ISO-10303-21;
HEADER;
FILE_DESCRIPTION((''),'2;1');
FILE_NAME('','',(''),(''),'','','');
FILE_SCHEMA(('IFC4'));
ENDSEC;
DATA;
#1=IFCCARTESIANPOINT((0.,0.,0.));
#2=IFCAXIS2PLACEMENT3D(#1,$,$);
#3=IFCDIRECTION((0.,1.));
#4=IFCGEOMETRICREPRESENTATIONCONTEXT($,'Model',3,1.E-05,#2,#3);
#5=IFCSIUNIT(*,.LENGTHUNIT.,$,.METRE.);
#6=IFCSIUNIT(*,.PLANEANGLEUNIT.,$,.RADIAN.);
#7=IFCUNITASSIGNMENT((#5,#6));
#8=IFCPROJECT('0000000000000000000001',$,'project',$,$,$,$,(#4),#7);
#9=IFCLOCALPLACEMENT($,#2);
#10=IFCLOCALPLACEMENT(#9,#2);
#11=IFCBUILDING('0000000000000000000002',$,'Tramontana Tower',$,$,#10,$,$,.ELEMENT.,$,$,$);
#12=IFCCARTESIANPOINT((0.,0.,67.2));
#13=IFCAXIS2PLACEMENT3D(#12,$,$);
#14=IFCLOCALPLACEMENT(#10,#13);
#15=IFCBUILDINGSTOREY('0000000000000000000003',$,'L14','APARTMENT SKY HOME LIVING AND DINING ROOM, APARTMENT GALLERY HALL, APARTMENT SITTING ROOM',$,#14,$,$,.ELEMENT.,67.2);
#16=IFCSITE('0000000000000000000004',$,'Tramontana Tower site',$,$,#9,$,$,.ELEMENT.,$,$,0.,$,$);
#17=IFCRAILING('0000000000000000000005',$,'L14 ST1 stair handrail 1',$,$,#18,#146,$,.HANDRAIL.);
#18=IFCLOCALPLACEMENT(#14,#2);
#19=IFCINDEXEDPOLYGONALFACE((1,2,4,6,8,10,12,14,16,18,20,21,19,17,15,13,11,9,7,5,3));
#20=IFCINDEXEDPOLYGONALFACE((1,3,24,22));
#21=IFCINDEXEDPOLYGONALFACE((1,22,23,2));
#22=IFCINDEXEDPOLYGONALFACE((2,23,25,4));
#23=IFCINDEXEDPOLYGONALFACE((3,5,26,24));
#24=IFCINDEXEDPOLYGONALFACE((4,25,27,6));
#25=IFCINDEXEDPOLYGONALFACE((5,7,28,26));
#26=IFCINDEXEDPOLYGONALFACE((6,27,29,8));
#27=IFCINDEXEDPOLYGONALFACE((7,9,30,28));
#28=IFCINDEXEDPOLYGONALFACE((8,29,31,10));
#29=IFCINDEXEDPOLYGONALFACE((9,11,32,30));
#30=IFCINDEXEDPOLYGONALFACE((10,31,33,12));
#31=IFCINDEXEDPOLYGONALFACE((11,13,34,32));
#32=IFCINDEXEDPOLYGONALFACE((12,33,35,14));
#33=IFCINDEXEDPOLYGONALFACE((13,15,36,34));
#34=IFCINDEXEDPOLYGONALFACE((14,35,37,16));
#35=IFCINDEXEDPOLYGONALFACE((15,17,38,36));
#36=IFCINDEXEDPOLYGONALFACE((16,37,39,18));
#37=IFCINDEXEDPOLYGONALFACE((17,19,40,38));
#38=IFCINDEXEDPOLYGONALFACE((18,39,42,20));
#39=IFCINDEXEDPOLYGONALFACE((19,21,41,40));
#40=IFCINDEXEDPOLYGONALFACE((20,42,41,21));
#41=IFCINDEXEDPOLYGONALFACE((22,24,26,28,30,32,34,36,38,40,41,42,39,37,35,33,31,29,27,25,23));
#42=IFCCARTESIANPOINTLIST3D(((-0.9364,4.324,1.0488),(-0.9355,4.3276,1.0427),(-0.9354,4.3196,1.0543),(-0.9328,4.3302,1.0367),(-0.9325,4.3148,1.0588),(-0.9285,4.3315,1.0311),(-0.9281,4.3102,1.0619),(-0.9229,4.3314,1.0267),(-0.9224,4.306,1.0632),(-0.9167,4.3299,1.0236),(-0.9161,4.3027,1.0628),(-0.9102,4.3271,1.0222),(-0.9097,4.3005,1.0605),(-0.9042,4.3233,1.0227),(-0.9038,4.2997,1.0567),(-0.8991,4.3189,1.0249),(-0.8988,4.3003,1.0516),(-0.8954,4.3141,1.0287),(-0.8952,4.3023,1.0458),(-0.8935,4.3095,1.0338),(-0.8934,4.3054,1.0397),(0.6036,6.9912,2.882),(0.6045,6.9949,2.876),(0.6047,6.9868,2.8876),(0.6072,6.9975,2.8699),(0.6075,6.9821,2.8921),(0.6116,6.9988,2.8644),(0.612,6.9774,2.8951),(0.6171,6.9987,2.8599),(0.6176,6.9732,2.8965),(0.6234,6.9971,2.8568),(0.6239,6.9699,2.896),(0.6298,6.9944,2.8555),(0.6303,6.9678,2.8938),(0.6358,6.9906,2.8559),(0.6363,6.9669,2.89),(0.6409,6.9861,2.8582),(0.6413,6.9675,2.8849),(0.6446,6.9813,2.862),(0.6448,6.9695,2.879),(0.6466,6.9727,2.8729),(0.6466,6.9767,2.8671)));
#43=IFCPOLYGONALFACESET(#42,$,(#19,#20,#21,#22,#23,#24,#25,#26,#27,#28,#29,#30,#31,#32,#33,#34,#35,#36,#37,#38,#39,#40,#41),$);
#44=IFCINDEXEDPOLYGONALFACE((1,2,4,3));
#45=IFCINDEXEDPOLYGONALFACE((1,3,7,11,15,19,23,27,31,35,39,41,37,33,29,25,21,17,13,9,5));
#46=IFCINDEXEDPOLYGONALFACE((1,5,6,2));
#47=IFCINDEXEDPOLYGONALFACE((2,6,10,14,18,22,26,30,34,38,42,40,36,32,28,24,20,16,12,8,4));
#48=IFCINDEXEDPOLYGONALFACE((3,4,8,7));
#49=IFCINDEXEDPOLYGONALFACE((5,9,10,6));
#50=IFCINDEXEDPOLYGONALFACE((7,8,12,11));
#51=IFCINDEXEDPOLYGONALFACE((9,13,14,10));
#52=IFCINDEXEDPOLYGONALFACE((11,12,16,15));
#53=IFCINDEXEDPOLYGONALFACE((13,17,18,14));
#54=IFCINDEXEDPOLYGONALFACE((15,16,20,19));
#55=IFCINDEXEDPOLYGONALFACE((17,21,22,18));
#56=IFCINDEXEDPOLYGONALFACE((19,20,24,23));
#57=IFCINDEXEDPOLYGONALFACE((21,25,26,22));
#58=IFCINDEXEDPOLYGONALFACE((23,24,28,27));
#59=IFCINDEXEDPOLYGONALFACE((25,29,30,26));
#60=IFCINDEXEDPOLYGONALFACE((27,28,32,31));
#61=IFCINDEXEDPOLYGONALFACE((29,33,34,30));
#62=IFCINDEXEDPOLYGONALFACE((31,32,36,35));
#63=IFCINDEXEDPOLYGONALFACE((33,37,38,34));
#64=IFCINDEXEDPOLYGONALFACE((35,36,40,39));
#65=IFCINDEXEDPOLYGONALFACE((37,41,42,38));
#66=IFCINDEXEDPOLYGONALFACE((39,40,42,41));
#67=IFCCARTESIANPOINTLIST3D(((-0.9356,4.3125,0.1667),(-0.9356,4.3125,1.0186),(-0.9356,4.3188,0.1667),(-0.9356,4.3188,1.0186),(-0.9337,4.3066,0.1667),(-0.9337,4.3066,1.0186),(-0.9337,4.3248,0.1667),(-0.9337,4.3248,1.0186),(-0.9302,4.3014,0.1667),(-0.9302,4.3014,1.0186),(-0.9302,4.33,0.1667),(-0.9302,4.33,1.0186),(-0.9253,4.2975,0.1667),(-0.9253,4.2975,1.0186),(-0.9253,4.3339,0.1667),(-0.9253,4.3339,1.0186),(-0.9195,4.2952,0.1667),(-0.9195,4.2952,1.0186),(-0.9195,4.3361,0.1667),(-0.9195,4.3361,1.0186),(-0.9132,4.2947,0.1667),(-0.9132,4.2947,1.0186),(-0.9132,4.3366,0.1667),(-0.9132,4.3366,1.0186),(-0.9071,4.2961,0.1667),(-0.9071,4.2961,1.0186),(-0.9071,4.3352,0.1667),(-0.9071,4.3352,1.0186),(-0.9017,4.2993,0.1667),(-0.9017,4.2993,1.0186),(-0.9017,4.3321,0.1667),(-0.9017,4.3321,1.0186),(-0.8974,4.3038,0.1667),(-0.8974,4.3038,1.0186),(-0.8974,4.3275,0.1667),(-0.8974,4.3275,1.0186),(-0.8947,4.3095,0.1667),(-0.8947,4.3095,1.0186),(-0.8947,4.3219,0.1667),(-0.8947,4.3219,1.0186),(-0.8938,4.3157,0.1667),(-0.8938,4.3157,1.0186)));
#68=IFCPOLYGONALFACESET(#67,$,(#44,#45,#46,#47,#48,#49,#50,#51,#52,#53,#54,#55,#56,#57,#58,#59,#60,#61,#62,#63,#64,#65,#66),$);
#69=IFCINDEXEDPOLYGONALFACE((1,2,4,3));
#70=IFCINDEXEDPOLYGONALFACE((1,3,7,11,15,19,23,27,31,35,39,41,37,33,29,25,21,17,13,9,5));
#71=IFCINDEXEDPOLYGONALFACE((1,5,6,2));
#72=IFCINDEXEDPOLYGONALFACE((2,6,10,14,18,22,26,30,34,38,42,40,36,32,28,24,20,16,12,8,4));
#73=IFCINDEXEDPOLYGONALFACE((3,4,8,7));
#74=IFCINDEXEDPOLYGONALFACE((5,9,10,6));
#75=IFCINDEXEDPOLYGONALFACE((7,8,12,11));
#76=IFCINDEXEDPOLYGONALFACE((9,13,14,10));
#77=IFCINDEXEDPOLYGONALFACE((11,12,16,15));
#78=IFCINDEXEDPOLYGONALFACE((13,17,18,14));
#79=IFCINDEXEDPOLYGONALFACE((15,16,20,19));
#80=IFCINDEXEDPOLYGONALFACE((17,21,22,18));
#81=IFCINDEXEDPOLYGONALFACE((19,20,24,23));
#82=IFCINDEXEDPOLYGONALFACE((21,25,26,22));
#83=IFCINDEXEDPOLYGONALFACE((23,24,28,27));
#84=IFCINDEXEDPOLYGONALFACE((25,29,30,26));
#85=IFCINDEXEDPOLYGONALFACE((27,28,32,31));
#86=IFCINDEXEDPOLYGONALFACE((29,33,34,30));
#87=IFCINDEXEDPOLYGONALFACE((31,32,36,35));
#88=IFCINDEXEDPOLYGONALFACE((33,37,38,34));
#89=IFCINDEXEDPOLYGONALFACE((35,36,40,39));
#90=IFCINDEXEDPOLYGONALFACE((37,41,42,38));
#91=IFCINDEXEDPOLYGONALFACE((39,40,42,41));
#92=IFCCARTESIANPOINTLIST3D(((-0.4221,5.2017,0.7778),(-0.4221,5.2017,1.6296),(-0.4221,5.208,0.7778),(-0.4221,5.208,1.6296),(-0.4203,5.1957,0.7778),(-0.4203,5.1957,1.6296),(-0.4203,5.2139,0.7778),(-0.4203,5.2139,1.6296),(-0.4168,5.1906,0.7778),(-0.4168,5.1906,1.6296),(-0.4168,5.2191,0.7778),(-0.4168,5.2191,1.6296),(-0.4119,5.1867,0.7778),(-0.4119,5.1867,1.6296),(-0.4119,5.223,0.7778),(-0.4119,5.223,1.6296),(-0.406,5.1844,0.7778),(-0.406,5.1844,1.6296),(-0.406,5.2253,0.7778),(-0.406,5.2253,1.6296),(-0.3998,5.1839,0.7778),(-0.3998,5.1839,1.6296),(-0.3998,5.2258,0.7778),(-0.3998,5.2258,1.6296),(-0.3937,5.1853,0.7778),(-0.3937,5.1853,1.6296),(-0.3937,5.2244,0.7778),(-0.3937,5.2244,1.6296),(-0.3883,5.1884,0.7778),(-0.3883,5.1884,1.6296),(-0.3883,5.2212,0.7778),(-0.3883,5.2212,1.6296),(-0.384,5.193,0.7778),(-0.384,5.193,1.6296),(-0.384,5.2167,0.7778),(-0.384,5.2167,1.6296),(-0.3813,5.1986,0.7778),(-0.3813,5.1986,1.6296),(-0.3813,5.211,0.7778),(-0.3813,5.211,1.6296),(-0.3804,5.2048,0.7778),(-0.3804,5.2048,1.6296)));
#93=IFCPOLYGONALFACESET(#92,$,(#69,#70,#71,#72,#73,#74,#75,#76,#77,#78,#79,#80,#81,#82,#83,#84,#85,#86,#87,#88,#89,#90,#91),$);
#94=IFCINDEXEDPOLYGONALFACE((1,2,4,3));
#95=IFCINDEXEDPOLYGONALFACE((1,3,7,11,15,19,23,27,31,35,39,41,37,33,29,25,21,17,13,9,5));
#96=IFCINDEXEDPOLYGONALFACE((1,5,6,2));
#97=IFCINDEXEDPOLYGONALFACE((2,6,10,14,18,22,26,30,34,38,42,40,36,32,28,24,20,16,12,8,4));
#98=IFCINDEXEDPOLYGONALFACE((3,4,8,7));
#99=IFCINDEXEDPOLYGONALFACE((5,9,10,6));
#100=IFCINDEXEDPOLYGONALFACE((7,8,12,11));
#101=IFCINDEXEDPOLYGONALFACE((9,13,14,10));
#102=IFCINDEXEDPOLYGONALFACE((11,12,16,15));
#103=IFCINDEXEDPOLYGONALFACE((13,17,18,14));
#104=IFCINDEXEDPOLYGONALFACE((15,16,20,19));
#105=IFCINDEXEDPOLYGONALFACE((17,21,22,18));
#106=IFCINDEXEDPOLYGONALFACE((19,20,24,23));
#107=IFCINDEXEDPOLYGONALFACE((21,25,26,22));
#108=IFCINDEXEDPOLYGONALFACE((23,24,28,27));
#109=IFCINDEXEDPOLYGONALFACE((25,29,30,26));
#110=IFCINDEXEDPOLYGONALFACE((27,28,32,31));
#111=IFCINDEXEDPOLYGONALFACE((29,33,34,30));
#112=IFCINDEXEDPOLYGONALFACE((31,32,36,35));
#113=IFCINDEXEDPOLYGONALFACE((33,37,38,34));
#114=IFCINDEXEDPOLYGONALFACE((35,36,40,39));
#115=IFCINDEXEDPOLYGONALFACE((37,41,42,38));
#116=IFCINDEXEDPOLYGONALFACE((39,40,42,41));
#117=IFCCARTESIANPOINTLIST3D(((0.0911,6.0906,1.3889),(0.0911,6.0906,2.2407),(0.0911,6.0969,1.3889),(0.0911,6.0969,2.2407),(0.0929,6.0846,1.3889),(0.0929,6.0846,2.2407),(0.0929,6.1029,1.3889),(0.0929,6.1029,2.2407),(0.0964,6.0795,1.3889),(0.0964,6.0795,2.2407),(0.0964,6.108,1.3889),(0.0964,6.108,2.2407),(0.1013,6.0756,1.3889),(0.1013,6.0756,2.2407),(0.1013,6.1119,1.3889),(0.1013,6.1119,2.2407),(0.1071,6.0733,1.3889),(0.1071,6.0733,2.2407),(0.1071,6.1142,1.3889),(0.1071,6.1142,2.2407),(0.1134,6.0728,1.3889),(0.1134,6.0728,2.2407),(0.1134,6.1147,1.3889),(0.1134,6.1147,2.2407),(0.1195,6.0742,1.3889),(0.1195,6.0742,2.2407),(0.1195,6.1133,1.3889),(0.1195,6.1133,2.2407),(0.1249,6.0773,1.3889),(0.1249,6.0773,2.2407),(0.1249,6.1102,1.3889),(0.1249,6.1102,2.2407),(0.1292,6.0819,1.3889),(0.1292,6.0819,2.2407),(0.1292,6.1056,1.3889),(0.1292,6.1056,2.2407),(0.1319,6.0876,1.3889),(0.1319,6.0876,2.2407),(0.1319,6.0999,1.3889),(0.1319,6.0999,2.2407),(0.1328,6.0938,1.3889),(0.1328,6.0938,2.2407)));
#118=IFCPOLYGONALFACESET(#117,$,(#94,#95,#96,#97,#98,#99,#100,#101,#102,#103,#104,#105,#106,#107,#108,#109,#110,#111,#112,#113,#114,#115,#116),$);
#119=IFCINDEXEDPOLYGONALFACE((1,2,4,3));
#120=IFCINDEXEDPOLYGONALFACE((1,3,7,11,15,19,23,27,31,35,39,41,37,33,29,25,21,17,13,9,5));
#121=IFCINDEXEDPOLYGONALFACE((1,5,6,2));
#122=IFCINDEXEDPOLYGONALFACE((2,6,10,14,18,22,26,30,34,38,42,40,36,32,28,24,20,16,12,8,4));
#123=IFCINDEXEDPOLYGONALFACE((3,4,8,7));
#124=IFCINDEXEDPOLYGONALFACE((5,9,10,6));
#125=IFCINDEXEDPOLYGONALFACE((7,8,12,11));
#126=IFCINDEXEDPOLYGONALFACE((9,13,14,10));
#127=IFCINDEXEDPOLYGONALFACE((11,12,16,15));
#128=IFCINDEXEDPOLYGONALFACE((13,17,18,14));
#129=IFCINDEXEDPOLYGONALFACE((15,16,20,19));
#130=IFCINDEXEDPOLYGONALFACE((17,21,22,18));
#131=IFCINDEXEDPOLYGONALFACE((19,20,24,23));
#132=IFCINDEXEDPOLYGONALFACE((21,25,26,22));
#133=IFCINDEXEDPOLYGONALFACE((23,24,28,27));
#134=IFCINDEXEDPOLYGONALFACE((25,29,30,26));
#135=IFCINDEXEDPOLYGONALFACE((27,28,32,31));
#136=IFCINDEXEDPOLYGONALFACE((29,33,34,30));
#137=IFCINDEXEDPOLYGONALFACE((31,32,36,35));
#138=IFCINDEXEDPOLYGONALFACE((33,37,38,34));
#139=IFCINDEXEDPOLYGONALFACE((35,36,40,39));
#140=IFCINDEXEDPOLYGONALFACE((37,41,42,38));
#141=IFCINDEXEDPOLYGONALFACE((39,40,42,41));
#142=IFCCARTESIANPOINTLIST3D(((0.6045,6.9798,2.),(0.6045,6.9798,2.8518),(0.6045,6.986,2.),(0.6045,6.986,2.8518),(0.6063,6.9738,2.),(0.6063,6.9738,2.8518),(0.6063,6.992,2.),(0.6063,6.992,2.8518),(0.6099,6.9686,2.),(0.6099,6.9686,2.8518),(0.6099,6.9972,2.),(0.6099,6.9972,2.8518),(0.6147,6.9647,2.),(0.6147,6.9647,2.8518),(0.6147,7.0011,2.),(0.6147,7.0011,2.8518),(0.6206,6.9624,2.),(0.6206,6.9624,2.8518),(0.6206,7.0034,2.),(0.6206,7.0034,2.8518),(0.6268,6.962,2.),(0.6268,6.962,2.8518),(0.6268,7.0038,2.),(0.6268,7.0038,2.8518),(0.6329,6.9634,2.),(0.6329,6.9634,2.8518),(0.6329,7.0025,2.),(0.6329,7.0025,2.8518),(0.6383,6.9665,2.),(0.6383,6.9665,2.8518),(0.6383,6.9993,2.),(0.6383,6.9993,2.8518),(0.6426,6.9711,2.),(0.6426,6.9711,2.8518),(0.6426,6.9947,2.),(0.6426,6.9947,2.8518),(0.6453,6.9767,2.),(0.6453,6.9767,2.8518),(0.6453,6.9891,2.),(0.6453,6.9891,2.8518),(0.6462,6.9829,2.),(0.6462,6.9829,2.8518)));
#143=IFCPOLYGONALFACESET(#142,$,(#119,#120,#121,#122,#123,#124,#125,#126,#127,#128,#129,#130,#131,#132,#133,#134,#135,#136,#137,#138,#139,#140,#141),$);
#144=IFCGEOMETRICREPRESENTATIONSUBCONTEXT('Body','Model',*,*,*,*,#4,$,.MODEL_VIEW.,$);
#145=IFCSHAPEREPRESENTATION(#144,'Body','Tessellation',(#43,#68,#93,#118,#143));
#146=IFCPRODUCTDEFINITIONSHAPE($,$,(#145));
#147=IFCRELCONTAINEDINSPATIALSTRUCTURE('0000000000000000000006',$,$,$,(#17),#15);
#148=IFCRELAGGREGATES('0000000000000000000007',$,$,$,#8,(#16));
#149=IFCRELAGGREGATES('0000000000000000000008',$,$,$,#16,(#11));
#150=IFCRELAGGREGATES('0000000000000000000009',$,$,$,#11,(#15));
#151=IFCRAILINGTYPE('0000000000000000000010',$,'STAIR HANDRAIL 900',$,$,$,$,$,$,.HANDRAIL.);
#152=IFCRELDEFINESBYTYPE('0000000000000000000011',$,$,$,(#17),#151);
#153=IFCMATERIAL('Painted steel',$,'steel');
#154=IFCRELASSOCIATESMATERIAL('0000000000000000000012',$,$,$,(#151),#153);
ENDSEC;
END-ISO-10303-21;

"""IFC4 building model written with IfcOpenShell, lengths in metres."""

from ifc_helpers import new_model, si_unit, direction, frame, origin, origin_2d, place, context, subcontext, project, spatial, circle, extrude, material, type_object, element, save


model = new_model("IFC4")

# Units and contexts
model_context = context("Model", 3, precision=1e-05, world=origin(), true_north=direction((0.0, 1.0)))
body_context = subcontext(model_context, "Body", "Model", "MODEL_VIEW")
ifc_project = project(units=[si_unit("LENGTHUNIT", "METRE"), si_unit("PLANEANGLEUNIT", "RADIAN")], contexts=[model_context])

# Site, building, storey
site_placement = place(None, origin())
site = spatial("IfcSite", under=ifc_project, at=site_placement, Name="Tramontana Tower site", CompositionType="ELEMENT", RefElevation=0.0)
building_placement = place(site_placement, origin())
building = spatial("IfcBuilding", under=site, at=building_placement, Name="Tramontana Tower", CompositionType="ELEMENT")
storey_placement = place(building_placement, frame((0.0, 0.0, 67.2)))
storey = spatial("IfcBuildingStorey", under=building, at=storey_placement, Name="L14", Description="APARTMENT SKY HOME LIVING AND DINING ROOM, APARTMENT GALLERY HALL, APARTMENT SITTING ROOM", CompositionType="ELEMENT", Elevation=67.2)

# Railing
ifc_material_1 = material(Name="Painted steel", Category="steel")
railing_type_1 = type_object("IfcRailingType", Name="STAIR HANDRAIL 900", PredefinedType="HANDRAIL", material=ifc_material_1)
railing_1_placement = place(storey_placement, frame((-0.9148, 4.3157, 0.1667)))
element("IfcRailing", 1, at=railing_1_placement, inside=storey, type_object=railing_type_1, Name="L14 ST1 stair handrail 1", PredefinedType="HANDRAIL", context=body_context, shape_type="SweptSolid", body=[
    extrude(circle(Radius=0.0239, at=origin_2d()), frame((0.0, 0.0, 0.876), z_axis=(0.429671, 0.744159, 0.511478), x_axis=(-0.86601, 0.500027, 0.0)), (0.0, 0.0, 1.0), 3.5842),
    extrude(circle(Radius=0.021, at=origin_2d()), origin(), (0.0, 0.0, 1.0), 0.8518),
    extrude(circle(Radius=0.021, at=origin_2d()), frame((0.5134, 0.8892, 0.6111)), (0.0, 0.0, 1.0), 0.8518),
    extrude(circle(Radius=0.021, at=origin_2d()), frame((1.0266, 1.7781, 1.2222)), (0.0, 0.0, 1.0), 0.8518),
    extrude(circle(Radius=0.021, at=origin_2d()), frame((1.54, 2.6672, 1.8333)), (0.0, 0.0, 1.0), 0.8518),
])

save(model, "model.ifc")
